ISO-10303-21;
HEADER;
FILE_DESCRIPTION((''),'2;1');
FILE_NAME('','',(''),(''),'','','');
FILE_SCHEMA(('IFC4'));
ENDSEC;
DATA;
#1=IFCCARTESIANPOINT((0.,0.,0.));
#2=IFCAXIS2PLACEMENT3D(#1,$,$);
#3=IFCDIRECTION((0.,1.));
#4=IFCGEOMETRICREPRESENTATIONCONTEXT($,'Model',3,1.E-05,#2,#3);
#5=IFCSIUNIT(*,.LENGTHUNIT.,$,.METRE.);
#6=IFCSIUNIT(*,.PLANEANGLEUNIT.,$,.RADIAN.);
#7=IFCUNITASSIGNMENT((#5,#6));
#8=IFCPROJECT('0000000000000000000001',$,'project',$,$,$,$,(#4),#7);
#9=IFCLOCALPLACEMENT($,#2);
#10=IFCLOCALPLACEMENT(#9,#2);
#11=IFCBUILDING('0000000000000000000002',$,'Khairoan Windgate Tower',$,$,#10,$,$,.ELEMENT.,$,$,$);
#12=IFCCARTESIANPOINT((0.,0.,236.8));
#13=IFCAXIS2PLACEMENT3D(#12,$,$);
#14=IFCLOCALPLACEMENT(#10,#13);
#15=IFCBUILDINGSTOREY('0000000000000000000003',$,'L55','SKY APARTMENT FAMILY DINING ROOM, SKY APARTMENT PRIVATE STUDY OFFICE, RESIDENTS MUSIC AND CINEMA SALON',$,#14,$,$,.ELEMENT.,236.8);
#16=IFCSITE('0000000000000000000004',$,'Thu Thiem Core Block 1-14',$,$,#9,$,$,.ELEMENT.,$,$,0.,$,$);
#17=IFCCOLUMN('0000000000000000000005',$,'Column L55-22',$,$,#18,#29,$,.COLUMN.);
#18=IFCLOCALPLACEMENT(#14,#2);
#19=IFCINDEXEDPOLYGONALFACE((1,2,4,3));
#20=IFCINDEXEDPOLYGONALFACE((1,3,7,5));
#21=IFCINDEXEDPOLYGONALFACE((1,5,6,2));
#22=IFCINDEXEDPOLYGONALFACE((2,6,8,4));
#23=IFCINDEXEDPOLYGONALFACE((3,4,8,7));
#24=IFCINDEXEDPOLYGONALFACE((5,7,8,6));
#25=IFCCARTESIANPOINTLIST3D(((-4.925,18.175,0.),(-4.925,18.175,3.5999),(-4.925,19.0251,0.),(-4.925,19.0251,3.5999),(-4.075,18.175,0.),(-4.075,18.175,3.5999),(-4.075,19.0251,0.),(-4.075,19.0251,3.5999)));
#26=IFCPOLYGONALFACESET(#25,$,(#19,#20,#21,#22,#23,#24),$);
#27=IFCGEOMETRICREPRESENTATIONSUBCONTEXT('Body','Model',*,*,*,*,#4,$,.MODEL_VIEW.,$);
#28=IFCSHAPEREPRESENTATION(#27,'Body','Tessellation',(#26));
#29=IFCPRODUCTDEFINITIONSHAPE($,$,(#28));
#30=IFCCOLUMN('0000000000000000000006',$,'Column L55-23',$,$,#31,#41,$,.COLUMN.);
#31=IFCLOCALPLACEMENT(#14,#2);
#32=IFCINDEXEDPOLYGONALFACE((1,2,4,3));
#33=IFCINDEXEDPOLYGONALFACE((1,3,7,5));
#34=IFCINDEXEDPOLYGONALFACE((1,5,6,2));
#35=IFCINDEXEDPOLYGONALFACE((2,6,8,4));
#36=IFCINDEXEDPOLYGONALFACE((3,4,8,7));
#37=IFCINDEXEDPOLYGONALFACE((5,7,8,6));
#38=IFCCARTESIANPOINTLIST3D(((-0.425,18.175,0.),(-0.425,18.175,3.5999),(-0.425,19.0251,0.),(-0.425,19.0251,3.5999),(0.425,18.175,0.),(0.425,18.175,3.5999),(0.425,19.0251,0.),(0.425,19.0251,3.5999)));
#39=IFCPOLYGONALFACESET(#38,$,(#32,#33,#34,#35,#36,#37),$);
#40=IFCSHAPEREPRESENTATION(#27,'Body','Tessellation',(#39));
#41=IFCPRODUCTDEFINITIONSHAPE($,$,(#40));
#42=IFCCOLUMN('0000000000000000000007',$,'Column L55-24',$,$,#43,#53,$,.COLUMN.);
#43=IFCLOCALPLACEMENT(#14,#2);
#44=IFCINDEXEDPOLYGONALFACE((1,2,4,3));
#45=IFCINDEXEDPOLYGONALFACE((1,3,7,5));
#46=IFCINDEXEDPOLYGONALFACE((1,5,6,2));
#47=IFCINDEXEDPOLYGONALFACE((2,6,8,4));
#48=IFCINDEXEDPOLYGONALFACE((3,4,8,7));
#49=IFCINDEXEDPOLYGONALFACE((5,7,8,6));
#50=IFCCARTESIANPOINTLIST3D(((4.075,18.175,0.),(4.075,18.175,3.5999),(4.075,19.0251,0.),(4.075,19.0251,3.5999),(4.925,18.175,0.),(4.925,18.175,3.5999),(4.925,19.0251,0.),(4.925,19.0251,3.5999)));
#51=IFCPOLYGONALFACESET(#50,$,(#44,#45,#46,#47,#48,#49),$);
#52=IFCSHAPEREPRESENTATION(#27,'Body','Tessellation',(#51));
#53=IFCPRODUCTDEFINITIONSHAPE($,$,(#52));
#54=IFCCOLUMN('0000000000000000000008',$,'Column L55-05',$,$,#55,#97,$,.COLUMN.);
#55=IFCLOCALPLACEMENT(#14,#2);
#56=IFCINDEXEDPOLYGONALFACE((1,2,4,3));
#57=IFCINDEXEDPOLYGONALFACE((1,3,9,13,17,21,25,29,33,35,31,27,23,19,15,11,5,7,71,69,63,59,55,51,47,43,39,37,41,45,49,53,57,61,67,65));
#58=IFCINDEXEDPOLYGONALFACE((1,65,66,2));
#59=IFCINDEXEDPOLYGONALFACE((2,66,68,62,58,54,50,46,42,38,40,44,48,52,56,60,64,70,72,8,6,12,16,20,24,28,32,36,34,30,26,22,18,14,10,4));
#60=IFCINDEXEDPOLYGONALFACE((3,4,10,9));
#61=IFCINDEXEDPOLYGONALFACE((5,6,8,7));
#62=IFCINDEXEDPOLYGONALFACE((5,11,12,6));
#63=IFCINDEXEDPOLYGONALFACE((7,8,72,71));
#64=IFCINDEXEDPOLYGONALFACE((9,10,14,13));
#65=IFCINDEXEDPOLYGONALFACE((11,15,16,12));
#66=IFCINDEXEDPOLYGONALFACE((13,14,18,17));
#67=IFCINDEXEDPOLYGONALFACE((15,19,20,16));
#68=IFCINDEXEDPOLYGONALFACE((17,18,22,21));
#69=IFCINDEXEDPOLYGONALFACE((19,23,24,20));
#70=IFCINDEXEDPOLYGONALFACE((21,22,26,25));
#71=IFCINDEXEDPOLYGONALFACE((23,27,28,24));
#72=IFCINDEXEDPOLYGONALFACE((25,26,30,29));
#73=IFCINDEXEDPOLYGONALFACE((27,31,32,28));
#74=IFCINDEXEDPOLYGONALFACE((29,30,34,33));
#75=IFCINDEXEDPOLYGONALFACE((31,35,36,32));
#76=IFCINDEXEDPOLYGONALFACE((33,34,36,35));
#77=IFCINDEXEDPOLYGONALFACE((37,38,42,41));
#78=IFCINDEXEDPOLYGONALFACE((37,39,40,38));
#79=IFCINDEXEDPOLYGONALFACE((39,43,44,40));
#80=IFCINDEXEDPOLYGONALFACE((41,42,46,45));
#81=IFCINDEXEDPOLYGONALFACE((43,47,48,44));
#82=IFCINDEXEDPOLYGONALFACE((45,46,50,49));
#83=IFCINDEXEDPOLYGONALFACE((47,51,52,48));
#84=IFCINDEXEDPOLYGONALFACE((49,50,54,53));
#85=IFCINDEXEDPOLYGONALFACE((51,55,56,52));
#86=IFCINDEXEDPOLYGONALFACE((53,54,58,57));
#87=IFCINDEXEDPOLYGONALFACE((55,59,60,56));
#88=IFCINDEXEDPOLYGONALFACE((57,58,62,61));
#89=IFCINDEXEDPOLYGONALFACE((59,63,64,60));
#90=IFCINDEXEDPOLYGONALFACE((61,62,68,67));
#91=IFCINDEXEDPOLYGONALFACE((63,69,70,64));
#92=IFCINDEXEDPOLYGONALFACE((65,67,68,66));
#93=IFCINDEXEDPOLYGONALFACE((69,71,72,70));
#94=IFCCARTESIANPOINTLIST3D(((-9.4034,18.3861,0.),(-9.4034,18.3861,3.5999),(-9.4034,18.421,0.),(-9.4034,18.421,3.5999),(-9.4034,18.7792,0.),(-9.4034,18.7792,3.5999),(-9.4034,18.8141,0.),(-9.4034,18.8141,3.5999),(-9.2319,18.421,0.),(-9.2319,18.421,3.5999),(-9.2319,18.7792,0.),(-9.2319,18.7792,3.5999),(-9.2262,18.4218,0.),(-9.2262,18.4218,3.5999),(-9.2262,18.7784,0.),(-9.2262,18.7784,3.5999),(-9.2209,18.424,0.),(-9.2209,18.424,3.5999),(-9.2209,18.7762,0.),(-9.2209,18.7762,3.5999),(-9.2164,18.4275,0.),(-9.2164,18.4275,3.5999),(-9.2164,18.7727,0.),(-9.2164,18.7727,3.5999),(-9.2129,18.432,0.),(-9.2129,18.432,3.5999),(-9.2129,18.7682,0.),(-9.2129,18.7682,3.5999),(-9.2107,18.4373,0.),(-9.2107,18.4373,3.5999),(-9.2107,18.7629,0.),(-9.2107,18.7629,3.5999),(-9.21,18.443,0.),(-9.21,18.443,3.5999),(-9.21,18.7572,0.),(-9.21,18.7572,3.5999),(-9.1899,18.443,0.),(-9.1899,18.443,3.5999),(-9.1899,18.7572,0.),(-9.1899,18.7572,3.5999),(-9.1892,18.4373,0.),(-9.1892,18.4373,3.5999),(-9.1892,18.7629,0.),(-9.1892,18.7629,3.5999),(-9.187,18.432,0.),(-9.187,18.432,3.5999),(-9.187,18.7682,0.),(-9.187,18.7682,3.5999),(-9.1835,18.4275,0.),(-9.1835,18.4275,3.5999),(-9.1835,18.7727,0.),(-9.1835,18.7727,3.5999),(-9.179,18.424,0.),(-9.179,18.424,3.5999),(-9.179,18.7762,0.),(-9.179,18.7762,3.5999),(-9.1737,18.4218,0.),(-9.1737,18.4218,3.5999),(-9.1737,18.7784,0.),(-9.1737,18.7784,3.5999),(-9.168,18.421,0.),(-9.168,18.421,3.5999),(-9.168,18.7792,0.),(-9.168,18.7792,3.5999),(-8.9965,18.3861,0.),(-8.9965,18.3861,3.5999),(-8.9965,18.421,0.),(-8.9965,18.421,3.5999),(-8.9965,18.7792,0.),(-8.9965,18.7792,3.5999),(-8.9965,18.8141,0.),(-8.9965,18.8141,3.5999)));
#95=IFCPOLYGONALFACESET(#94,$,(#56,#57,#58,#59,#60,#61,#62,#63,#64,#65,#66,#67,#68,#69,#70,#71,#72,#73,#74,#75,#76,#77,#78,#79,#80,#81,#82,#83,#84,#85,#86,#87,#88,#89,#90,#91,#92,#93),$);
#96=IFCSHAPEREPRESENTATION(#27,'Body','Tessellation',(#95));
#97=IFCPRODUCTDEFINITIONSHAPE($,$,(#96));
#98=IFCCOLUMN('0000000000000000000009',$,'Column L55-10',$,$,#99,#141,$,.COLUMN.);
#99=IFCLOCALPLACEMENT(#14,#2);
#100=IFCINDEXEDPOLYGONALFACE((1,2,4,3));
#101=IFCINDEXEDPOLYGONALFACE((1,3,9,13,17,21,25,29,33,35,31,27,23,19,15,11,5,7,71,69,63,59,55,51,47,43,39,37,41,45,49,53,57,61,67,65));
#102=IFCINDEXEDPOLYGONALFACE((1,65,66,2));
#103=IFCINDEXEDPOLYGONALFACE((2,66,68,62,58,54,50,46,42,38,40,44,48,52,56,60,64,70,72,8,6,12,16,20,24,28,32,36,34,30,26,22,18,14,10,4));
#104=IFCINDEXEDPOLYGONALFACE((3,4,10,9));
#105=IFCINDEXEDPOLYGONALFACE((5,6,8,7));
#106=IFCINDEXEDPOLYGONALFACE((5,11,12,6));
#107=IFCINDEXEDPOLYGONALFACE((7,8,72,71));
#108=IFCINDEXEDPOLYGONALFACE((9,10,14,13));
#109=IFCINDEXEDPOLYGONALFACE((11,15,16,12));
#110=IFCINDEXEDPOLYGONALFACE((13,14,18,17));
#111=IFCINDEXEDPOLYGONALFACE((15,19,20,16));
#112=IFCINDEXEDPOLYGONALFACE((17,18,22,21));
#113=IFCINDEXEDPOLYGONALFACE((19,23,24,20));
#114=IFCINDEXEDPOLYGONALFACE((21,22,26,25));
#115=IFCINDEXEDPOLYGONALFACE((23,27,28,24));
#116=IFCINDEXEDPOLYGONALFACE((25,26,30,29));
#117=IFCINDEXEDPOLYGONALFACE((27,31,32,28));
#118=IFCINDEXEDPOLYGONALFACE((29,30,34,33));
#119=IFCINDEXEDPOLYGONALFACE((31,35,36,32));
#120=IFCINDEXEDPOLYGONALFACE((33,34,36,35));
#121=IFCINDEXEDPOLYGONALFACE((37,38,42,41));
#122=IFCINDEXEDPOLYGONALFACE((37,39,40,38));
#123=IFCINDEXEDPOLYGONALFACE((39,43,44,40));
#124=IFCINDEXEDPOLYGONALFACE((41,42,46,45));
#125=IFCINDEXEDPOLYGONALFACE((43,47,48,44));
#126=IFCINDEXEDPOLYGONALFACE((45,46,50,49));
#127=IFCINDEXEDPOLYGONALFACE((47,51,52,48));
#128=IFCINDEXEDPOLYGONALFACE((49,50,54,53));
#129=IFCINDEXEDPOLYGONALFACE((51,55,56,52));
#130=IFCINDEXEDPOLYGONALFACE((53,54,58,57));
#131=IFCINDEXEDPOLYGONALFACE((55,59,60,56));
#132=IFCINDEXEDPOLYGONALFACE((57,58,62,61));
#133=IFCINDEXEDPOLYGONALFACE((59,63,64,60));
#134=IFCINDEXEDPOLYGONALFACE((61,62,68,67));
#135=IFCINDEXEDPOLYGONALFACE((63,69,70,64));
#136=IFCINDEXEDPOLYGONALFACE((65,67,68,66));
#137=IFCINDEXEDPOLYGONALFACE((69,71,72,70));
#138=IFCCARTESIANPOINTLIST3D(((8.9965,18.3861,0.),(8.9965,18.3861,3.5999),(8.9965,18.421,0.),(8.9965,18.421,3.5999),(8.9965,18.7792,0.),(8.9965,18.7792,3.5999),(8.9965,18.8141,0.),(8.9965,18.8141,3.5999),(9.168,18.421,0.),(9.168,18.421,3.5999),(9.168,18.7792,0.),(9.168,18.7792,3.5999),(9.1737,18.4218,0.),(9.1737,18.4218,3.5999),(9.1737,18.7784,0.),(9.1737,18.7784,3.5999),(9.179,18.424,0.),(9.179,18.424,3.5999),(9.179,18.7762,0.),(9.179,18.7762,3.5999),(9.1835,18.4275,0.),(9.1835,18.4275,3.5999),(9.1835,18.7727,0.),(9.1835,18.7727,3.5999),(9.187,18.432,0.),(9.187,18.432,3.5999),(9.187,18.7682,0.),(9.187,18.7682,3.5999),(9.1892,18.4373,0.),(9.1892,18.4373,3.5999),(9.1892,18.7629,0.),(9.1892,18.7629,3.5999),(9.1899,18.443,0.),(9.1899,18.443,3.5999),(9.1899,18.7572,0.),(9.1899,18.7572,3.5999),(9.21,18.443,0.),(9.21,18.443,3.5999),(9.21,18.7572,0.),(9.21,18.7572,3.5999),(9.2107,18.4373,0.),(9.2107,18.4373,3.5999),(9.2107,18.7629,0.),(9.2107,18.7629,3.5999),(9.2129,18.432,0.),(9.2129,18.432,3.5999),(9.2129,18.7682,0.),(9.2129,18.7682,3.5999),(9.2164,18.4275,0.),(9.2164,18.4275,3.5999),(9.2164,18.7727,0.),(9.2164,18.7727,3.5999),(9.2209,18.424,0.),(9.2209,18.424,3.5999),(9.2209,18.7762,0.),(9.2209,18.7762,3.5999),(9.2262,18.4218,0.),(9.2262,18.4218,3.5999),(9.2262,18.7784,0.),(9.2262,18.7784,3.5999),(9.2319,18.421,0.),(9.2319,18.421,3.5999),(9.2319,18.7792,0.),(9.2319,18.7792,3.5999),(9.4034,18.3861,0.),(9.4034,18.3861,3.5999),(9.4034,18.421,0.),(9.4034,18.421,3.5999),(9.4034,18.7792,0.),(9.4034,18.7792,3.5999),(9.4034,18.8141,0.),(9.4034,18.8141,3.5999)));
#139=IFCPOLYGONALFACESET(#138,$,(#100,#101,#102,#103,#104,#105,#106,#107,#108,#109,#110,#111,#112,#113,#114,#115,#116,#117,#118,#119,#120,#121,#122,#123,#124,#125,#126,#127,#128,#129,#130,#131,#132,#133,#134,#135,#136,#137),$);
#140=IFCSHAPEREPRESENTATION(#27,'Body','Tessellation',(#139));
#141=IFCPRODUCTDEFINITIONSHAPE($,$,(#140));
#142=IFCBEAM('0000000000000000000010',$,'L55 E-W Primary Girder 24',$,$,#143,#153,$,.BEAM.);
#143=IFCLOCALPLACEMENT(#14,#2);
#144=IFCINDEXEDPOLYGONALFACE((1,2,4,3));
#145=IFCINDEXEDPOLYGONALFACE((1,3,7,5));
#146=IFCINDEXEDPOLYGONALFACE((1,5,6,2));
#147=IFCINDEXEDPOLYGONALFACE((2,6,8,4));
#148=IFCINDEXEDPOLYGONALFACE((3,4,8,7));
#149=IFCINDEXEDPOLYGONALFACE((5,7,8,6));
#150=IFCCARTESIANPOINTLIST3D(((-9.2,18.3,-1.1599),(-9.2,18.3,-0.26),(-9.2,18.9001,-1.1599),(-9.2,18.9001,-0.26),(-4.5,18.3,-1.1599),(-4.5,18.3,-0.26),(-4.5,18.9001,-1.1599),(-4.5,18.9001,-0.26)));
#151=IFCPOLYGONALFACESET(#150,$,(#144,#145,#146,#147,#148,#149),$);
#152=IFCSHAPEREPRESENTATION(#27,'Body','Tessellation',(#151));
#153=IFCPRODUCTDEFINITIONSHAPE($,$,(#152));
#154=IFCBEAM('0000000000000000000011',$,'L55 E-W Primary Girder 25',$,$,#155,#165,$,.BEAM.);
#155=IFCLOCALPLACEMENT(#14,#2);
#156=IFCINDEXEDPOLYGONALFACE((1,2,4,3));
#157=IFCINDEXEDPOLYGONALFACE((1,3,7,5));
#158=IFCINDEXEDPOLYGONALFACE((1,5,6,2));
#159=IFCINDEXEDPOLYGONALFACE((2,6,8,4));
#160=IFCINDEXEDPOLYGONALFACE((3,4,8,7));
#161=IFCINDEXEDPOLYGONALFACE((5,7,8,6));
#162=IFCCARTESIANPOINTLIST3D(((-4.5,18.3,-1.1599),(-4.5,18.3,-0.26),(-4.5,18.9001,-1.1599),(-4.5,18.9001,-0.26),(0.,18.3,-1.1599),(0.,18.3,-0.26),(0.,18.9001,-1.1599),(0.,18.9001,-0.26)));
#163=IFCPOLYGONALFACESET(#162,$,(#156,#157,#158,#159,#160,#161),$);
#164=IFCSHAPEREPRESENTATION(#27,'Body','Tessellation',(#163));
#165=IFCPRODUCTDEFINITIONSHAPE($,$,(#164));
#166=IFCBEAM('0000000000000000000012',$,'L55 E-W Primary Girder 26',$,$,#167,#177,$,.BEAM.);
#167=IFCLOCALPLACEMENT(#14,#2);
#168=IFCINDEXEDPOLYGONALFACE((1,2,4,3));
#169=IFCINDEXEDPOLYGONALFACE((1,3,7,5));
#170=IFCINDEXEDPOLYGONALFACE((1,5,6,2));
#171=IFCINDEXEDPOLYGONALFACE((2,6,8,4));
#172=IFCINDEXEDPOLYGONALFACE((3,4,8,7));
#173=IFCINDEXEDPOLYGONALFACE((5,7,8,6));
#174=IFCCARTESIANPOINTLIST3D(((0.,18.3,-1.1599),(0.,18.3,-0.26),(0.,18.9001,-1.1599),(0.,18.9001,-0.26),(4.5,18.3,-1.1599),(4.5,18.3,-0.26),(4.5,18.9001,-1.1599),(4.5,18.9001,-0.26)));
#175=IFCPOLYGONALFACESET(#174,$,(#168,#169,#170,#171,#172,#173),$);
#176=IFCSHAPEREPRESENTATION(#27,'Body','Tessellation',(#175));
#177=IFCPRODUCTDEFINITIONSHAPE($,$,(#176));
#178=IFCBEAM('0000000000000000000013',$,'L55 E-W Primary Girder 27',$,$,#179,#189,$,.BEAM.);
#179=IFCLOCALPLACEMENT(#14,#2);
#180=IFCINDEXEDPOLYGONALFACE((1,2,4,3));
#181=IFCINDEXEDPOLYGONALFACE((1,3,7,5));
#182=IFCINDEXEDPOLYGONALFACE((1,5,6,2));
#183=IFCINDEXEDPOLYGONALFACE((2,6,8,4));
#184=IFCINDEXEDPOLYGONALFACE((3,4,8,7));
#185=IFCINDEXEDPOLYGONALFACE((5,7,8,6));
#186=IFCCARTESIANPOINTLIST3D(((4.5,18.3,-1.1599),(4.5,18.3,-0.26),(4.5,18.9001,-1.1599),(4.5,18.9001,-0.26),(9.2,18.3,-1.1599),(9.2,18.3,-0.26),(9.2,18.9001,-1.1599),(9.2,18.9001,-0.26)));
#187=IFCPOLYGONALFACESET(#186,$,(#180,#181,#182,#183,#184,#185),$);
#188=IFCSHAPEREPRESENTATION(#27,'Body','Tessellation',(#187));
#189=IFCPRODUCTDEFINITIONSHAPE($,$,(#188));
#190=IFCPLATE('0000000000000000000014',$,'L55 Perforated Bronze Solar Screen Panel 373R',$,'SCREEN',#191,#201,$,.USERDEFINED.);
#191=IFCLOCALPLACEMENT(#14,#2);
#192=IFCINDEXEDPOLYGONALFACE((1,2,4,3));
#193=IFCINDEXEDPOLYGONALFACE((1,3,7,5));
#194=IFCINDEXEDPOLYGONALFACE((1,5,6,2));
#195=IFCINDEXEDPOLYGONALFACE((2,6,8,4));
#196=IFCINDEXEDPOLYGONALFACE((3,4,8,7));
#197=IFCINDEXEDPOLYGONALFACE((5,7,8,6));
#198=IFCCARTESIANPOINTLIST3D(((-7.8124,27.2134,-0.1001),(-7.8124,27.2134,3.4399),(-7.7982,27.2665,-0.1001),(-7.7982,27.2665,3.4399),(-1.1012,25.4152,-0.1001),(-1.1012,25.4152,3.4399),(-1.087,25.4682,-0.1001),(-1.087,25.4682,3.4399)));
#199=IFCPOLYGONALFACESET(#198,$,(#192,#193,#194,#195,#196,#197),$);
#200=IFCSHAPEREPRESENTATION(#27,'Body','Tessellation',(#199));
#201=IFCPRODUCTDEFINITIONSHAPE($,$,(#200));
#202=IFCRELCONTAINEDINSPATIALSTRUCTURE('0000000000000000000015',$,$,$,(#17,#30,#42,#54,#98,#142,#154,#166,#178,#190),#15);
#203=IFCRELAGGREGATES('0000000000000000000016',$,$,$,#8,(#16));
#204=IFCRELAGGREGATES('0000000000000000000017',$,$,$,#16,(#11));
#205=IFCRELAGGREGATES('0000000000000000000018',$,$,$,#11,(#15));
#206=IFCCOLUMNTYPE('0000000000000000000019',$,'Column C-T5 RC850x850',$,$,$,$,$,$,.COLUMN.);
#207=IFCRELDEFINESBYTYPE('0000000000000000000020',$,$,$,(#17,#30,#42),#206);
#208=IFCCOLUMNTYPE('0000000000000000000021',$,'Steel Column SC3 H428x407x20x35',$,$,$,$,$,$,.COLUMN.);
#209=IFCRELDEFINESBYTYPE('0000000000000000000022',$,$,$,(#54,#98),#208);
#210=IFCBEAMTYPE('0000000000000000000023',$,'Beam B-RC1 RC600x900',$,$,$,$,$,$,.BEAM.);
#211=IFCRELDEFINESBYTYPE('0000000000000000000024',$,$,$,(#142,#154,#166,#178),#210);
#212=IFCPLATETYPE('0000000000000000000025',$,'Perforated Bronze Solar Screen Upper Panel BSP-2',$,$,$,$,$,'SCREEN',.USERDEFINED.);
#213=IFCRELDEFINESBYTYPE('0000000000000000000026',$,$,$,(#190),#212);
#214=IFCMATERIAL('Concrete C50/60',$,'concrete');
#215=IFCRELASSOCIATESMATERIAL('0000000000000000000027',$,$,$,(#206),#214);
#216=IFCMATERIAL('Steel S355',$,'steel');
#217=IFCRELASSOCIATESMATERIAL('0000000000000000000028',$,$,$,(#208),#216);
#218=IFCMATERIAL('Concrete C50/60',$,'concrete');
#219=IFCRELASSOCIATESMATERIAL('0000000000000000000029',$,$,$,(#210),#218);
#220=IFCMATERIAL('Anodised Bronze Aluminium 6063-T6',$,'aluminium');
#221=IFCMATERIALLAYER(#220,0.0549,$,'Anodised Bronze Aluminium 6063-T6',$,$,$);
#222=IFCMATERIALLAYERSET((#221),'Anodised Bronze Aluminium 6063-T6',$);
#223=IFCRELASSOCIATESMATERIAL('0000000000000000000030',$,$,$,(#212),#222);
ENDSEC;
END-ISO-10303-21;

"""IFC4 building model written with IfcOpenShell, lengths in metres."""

from ifc_helpers import new_model, si_unit, direction, frame, origin, origin_2d, place, context, subcontext, project, spatial, rectangle, i_section, extrude, material, layer, layer_set, material_profile, profile_set, type_object, element, save


model = new_model("IFC4")

# Units and contexts
model_context = context("Model", 3, precision=1e-05, world=origin(), true_north=direction((0.0, 1.0)))
body_context = subcontext(model_context, "Body", "Model", "MODEL_VIEW")
ifc_project = project(units=[si_unit("LENGTHUNIT", "METRE"), si_unit("PLANEANGLEUNIT", "RADIAN")], contexts=[model_context])

# Site, building, storey
site_placement = place(None, origin())
site = spatial("IfcSite", under=ifc_project, at=site_placement, Name="Thu Thiem Core Block 1-14", CompositionType="ELEMENT", RefElevation=0.0)
building_placement = place(site_placement, origin())
building = spatial("IfcBuilding", under=site, at=building_placement, Name="Khairoan Windgate Tower", CompositionType="ELEMENT")
storey_placement = place(building_placement, frame((0.0, 0.0, 236.8)))
storey = spatial("IfcBuildingStorey", under=building, at=storey_placement, Name="L55", Description="SKY APARTMENT FAMILY DINING ROOM, SKY APARTMENT PRIVATE STUDY OFFICE, RESIDENTS MUSIC AND CINEMA SALON", CompositionType="ELEMENT", Elevation=236.8)

# Columns
ifc_material_1 = material(Name="Concrete C50/60", Category="concrete")
ifc_material_profile_1 = material_profile(ifc_material_1, rectangle(XDim=0.8501, YDim=0.8501, at=origin_2d()))
ifc_profile_set_1 = profile_set([ifc_material_profile_1], Name="Concrete C50/60")
column_type_1 = type_object("IfcColumnType", Name="Column C-T5 RC850x850", PredefinedType="COLUMN", material=ifc_profile_set_1)
for number, where, z_axis, x_axis, name in (
    (1, (-4.5, 18.6001, 0.0), (0.0, 0.0, 1.0), (1.0, 0.0, 0.0), "Column L55-22"),
    (2, (0.0, 18.6001, 0.0), (0.0, 0.0, 1.0), (1.0, 0.0, 0.0), "Column L55-23"),
    (3, (4.5, 18.6001, 0.0), (0.0, 0.0, 1.0), (1.0, 0.0, 0.0), "Column L55-24"),
):
    element("IfcColumn", number, at=place(storey_placement, frame(where, z_axis=z_axis, x_axis=x_axis)), inside=storey, type_object=column_type_1, Name=name, PredefinedType="COLUMN", context=body_context, shape_type="SweptSolid", body=[
        extrude(rectangle(XDim=0.8501, YDim=0.8501, at=origin_2d()), origin(), (0.0, 0.0, 1.0), 3.5999),
    ])
ifc_material_2 = material(Name="Steel S355", Category="steel")
ifc_material_profile_2 = material_profile(ifc_material_2, i_section(OverallWidth=0.407, OverallDepth=0.428, WebThickness=0.02, FlangeThickness=0.0349, FilletRadius=0.022, at=origin_2d()))
ifc_profile_set_2 = profile_set([ifc_material_profile_2], Name="Steel S355")
column_type_2 = type_object("IfcColumnType", Name="Steel Column SC3 H428x407x20x35", PredefinedType="COLUMN", material=ifc_profile_set_2)
for number, where, z_axis, x_axis, name in (
    (4, (-9.2, 18.6001, 0.0), (0.0, 0.0, 1.0), (1.0, 0.0, 0.0), "Column L55-05"),
    (5, (9.2, 18.6001, 0.0), (0.0, 0.0, 1.0), (1.0, 0.0, 0.0), "Column L55-10"),
):
    element("IfcColumn", number, at=place(storey_placement, frame(where, z_axis=z_axis, x_axis=x_axis)), inside=storey, type_object=column_type_2, Name=name, PredefinedType="COLUMN", context=body_context, shape_type="SweptSolid", body=[
        extrude(i_section(OverallWidth=0.407, OverallDepth=0.428, WebThickness=0.02, FlangeThickness=0.0349, FilletRadius=0.022, at=origin_2d()), origin(), (0.0, 0.0, 1.0), 3.5999),
    ])

# Beams
ifc_material_3 = material(Name="Concrete C50/60", Category="concrete")
ifc_material_profile_3 = material_profile(ifc_material_3, rectangle(XDim=0.6001, YDim=0.8999, at=origin_2d()))
ifc_profile_set_3 = profile_set([ifc_material_profile_3], Name="Concrete C50/60")
beam_type = type_object("IfcBeamType", Name="Beam B-RC1 RC600x900", PredefinedType="BEAM", material=ifc_profile_set_3)
beam_1_placement = place(storey_placement, frame((-9.2, 18.6001, -0.71), z_axis=(1.0, 0.0, 0.0), x_axis=(0.0, 1.0, 0.0)))
element("IfcBeam", 6, at=beam_1_placement, inside=storey, type_object=beam_type, Name="L55 E-W Primary Girder 24", PredefinedType="BEAM", context=body_context, shape_type="SweptSolid", body=[
    extrude(rectangle(XDim=0.6001, YDim=0.8999, at=origin_2d()), origin(), (0.0, 0.0, 1.0), 4.7),
])
for number, where, z_axis, x_axis, name in (
    (7, (-4.5, 18.6001, -0.71), (1.0, 0.0, 0.0), (0.0, 1.0, 0.0), "L55 E-W Primary Girder 25"),
    (8, (0.0, 18.6001, -0.71), (1.0, 0.0, 0.0), (0.0, 1.0, 0.0), "L55 E-W Primary Girder 26"),
):
    element("IfcBeam", number, at=place(storey_placement, frame(where, z_axis=z_axis, x_axis=x_axis)), inside=storey, type_object=beam_type, Name=name, PredefinedType="BEAM", context=body_context, shape_type="SweptSolid", body=[
        extrude(rectangle(XDim=0.6001, YDim=0.8999, at=origin_2d()), origin(), (0.0, 0.0, 1.0), 4.5),
    ])
beam_2_placement = place(storey_placement, frame((4.5, 18.6001, -0.71), z_axis=(1.0, 0.0, 0.0), x_axis=(0.0, 1.0, 0.0)))
element("IfcBeam", 9, at=beam_2_placement, inside=storey, type_object=beam_type, Name="L55 E-W Primary Girder 27", PredefinedType="BEAM", context=body_context, shape_type="SweptSolid", body=[
    extrude(rectangle(XDim=0.6001, YDim=0.8999, at=origin_2d()), origin(), (0.0, 0.0, 1.0), 4.7),
])

# Plate
ifc_material_4 = material(Name="Anodised Bronze Aluminium 6063-T6", Category="aluminium")
ifc_layer_1 = layer(ifc_material_4, 0.0549, Name="Anodised Bronze Aluminium 6063-T6")
ifc_layer_set_1 = layer_set([ifc_layer_1], Name="Anodised Bronze Aluminium 6063-T6")
plate_type = type_object("IfcPlateType", Name="Perforated Bronze Solar Screen Upper Panel BSP-2", ElementType="SCREEN", PredefinedType="USERDEFINED", material=ifc_layer_set_1)
for number, where, z_axis, x_axis, name in (
    (10, (-4.4497, 26.3408, -0.1001), (0.0, 0.0, 1.0), (0.965926, -0.258819, 0.0), "L55 Perforated Bronze Solar Screen Panel 373R"),
):
    element("IfcPlate", number, at=place(storey_placement, frame(where, z_axis=z_axis, x_axis=x_axis)), inside=storey, type_object=plate_type, Name=name, ObjectType="SCREEN", PredefinedType="USERDEFINED", context=body_context, shape_type="SweptSolid", body=[
        extrude(rectangle(XDim=6.948, YDim=0.0549, at=origin_2d()), origin(), (0.0, 0.0, 1.0), 3.54),
    ])

save(model, "model.ifc")
